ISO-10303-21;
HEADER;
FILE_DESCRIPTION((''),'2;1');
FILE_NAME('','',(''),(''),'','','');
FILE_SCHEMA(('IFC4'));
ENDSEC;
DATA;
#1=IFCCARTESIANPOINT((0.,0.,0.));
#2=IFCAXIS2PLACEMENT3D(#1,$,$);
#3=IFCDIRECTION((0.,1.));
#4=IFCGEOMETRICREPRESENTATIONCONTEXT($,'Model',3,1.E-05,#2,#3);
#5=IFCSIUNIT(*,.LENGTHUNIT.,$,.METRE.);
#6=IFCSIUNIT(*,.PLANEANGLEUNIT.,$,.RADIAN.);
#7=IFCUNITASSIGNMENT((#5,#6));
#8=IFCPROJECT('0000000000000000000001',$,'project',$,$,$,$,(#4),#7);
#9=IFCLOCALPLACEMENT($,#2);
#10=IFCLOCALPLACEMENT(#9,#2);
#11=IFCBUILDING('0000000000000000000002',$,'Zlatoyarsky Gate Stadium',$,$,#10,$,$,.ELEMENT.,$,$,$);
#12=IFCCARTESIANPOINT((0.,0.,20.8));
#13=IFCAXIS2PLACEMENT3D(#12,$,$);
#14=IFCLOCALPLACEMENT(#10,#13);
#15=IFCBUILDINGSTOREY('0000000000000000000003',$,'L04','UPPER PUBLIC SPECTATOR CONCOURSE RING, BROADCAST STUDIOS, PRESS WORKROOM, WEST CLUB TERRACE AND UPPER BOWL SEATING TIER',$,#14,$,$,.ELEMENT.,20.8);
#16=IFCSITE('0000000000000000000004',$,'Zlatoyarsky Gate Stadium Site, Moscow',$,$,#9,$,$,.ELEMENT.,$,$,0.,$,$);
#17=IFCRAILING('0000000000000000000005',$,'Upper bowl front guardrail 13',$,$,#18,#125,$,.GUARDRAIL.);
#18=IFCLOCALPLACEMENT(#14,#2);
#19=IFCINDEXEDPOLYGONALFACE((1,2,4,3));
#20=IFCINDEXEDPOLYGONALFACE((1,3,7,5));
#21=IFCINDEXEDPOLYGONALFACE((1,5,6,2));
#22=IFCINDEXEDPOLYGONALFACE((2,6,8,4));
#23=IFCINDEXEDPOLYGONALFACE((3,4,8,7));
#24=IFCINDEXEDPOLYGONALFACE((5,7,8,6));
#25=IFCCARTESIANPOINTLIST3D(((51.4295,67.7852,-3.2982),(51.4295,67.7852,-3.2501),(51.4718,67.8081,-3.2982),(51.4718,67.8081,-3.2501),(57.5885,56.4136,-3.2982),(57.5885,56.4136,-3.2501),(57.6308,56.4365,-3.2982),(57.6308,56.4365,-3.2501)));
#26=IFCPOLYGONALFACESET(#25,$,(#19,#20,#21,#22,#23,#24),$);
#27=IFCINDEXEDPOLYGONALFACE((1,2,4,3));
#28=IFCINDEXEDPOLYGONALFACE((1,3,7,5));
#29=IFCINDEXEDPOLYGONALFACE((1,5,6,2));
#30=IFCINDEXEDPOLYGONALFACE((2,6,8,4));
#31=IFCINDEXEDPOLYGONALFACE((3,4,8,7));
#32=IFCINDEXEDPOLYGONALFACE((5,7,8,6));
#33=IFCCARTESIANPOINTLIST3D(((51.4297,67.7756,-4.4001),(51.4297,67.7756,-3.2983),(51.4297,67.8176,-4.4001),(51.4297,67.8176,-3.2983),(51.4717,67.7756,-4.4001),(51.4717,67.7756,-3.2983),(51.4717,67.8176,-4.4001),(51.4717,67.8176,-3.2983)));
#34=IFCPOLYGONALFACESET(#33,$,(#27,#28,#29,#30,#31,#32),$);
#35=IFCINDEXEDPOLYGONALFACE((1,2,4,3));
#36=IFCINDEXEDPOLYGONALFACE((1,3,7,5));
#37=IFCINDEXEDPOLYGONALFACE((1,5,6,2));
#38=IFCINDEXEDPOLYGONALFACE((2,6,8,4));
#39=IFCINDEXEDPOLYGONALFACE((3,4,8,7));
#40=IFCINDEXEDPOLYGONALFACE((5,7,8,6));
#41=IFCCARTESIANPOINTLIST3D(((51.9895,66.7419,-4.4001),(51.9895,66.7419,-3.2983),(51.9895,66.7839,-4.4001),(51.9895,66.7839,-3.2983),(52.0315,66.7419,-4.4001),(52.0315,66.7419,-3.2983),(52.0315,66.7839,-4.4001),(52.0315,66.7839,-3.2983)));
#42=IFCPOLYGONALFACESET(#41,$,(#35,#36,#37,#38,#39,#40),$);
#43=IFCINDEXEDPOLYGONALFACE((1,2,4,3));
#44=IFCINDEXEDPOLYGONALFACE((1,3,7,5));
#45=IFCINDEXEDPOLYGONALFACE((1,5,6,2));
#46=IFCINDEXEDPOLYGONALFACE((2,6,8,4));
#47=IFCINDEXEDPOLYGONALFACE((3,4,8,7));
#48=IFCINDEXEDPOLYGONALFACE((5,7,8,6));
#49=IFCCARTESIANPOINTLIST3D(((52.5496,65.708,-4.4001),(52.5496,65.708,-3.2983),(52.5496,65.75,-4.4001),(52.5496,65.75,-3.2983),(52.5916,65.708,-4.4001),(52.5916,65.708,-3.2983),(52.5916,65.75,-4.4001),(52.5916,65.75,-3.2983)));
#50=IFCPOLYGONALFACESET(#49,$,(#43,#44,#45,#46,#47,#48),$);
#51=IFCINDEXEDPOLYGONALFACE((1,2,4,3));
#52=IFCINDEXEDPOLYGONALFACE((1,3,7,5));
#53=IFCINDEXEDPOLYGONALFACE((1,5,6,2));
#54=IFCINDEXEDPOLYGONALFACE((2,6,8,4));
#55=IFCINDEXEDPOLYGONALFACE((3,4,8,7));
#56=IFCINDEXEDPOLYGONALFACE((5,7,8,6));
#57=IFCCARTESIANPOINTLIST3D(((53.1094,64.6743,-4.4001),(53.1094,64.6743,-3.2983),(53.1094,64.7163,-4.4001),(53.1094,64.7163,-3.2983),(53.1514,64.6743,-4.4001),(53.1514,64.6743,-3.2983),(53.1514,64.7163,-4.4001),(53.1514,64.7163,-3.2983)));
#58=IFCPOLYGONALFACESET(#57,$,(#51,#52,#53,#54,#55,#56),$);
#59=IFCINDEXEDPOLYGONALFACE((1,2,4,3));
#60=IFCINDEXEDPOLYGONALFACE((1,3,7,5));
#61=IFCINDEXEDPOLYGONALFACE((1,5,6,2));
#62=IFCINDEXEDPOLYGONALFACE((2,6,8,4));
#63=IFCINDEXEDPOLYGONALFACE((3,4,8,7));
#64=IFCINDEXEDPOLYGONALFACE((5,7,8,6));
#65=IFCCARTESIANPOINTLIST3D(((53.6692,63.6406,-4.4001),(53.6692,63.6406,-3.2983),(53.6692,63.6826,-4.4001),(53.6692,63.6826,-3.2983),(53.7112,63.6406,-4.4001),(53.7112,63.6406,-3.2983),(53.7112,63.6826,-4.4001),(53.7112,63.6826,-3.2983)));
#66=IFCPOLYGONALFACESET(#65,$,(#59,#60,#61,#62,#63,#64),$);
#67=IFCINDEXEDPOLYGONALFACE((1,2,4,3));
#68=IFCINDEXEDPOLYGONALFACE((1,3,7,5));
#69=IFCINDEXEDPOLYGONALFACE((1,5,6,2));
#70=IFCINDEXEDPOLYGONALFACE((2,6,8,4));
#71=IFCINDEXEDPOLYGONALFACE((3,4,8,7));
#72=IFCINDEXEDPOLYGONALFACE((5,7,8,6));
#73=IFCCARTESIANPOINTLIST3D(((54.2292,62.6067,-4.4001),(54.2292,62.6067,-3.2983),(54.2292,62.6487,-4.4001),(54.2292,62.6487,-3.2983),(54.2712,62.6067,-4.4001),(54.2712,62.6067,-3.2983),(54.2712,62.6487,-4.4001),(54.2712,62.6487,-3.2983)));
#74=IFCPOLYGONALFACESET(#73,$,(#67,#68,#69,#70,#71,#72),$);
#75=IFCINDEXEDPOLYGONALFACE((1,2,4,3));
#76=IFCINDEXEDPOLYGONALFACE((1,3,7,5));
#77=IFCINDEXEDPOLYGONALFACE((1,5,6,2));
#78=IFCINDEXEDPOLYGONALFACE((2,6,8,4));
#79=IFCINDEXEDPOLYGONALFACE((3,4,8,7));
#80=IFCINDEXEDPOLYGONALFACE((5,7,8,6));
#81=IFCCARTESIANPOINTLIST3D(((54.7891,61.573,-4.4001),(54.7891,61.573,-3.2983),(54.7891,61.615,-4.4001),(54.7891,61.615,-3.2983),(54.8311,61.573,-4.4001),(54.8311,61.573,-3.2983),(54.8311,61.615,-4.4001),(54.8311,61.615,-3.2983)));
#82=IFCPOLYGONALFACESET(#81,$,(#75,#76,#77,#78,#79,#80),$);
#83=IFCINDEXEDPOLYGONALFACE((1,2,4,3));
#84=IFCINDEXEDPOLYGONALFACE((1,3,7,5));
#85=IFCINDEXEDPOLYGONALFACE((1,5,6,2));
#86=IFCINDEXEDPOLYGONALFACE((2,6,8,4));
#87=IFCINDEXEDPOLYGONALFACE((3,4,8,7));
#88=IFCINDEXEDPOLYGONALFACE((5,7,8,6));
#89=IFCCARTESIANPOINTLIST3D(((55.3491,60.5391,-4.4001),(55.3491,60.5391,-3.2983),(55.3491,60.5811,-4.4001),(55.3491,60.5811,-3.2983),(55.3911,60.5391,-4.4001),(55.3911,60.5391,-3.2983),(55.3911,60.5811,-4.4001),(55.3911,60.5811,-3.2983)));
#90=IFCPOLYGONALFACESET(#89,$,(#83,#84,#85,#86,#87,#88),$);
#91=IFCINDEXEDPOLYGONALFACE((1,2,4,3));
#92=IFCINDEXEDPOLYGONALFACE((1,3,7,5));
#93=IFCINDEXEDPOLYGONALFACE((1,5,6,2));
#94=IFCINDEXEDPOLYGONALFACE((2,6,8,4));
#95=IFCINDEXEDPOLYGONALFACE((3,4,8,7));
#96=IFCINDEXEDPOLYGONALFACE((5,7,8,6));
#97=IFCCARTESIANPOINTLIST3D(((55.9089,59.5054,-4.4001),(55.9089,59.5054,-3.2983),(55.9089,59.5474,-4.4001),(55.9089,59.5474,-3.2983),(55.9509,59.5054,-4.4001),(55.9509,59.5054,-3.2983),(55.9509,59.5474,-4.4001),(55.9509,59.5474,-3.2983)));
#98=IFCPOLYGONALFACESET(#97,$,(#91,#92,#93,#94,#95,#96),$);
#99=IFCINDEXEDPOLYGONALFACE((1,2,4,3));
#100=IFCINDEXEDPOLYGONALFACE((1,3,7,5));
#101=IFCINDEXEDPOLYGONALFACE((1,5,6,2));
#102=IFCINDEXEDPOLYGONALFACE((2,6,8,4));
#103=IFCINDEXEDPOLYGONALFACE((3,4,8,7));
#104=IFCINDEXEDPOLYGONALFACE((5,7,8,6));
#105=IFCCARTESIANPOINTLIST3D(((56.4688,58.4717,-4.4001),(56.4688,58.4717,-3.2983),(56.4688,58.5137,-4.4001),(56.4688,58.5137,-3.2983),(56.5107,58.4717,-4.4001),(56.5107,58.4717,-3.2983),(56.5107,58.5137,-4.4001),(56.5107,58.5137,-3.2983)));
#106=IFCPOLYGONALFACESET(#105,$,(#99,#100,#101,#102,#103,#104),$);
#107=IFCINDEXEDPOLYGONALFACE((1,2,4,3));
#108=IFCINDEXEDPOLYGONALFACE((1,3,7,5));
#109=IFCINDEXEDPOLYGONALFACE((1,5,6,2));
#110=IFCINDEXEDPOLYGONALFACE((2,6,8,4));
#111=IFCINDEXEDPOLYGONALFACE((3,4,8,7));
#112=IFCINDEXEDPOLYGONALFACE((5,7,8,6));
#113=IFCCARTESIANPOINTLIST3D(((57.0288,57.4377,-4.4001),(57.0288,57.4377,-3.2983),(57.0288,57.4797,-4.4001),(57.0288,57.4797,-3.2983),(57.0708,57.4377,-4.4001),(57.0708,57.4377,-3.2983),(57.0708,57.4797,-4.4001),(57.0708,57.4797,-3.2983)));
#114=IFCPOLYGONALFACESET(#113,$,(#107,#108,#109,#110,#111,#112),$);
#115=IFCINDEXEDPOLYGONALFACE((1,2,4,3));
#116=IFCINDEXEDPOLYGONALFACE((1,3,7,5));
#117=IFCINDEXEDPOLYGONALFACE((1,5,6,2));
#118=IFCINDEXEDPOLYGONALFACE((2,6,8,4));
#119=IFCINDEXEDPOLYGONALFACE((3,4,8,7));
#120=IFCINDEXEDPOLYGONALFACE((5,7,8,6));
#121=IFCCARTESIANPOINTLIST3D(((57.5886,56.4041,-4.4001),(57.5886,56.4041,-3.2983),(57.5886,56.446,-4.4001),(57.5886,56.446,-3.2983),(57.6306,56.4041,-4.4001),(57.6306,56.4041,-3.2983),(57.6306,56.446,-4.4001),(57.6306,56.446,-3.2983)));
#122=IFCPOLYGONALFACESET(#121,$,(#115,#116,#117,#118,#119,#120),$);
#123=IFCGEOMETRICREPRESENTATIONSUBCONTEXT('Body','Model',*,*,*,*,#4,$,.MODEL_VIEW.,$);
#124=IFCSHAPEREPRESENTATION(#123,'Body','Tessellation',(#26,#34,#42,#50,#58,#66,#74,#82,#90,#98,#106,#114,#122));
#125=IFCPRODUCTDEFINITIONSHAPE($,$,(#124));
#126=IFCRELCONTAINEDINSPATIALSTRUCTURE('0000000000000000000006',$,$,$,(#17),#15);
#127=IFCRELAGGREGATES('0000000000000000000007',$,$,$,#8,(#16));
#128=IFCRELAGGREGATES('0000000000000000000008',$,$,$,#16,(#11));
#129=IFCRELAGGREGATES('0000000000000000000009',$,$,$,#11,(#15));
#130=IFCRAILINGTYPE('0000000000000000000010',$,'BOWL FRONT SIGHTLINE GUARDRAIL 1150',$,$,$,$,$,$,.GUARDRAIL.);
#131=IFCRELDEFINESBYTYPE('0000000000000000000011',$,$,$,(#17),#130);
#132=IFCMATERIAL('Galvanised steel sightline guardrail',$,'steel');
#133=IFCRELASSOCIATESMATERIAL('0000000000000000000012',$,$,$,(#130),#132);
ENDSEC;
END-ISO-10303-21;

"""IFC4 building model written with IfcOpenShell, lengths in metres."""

from ifc_helpers import new_model, si_unit, direction, frame, origin, origin_2d, place, context, subcontext, project, spatial, rectangle, extrude, material, type_object, element, save


model = new_model("IFC4")

# Units and contexts
model_context = context("Model", 3, precision=1e-05, world=origin(), true_north=direction((0.0, 1.0)))
body_context = subcontext(model_context, "Body", "Model", "MODEL_VIEW")
ifc_project = project(units=[si_unit("LENGTHUNIT", "METRE"), si_unit("PLANEANGLEUNIT", "RADIAN")], contexts=[model_context])

# Site, building, storey
site_placement = place(None, origin())
site = spatial("IfcSite", under=ifc_project, at=site_placement, Name="Zlatoyarsky Gate Stadium Site, Moscow", CompositionType="ELEMENT", RefElevation=0.0)
building_placement = place(site_placement, origin())
building = spatial("IfcBuilding", under=site, at=building_placement, Name="Zlatoyarsky Gate Stadium", CompositionType="ELEMENT")
storey_placement = place(building_placement, frame((0.0, 0.0, 20.8)))
storey = spatial("IfcBuildingStorey", under=building, at=storey_placement, Name="L04", Description="UPPER PUBLIC SPECTATOR CONCOURSE RING, BROADCAST STUDIOS, PRESS WORKROOM, WEST CLUB TERRACE AND UPPER BOWL SEATING TIER", CompositionType="ELEMENT", Elevation=20.8)

# Railing
ifc_material_1 = material(Name="Galvanised steel sightline guardrail", Category="steel")
railing_type_1 = type_object("IfcRailingType", Name="BOWL FRONT SIGHTLINE GUARDRAIL 1150", PredefinedType="GUARDRAIL", material=ifc_material_1)
railing_1_placement = place(storey_placement, frame((51.4507, 67.7966, -4.4001)))
element("IfcRailing", 1, at=railing_1_placement, inside=storey, type_object=railing_type_1, Name="Upper bowl front guardrail 13", PredefinedType="GUARDRAIL", context=body_context, shape_type="SweptSolid", body=[
    extrude(rectangle(XDim=0.0481, YDim=0.0481, at=origin_2d()), frame((0.0, 0.0, 1.126), z_axis=(0.476243, -0.879314, 0.0), x_axis=(0.879314, 0.476243, 0.0)), (0.0, 0.0, 1.0), 12.9324),
    extrude(rectangle(XDim=0.042, YDim=0.042, at=origin_2d()), origin(), (0.0, 0.0, 1.0), 1.1018),
    extrude(rectangle(XDim=0.042, YDim=0.042, at=origin_2d()), frame((0.5598, -1.0337, 0.0)), (0.0, 0.0, 1.0), 1.1018),
    extrude(rectangle(XDim=0.042, YDim=0.042, at=origin_2d()), frame((1.1199, -2.0676, 0.0)), (0.0, 0.0, 1.0), 1.1018),
    extrude(rectangle(XDim=0.042, YDim=0.042, at=origin_2d()), frame((1.6797, -3.1013, 0.0)), (0.0, 0.0, 1.0), 1.1018),
    extrude(rectangle(XDim=0.042, YDim=0.042, at=origin_2d()), frame((2.2395, -4.135, 0.0)), (0.0, 0.0, 1.0), 1.1018),
    extrude(rectangle(XDim=0.042, YDim=0.042, at=origin_2d()), frame((2.7996, -5.1689, 0.0)), (0.0, 0.0, 1.0), 1.1018),
    extrude(rectangle(XDim=0.042, YDim=0.042, at=origin_2d()), frame((3.3594, -6.2026, 0.0)), (0.0, 0.0, 1.0), 1.1018),
    extrude(rectangle(XDim=0.042, YDim=0.042, at=origin_2d()), frame((3.9194, -7.2366, 0.0)), (0.0, 0.0, 1.0), 1.1018),
    extrude(rectangle(XDim=0.042, YDim=0.042, at=origin_2d()), frame((4.4792, -8.2703, 0.0)), (0.0, 0.0, 1.0), 1.1018),
    extrude(rectangle(XDim=0.042, YDim=0.042, at=origin_2d()), frame((5.0391, -9.304, 0.0)), (0.0, 0.0, 1.0), 1.1018),
    extrude(rectangle(XDim=0.042, YDim=0.042, at=origin_2d()), frame((5.5991, -10.3379, 0.0)), (0.0, 0.0, 1.0), 1.1018),
    extrude(rectangle(XDim=0.042, YDim=0.042, at=origin_2d()), frame((6.1589, -11.3716, 0.0)), (0.0, 0.0, 1.0), 1.1018),
])

save(model, "model.ifc")
